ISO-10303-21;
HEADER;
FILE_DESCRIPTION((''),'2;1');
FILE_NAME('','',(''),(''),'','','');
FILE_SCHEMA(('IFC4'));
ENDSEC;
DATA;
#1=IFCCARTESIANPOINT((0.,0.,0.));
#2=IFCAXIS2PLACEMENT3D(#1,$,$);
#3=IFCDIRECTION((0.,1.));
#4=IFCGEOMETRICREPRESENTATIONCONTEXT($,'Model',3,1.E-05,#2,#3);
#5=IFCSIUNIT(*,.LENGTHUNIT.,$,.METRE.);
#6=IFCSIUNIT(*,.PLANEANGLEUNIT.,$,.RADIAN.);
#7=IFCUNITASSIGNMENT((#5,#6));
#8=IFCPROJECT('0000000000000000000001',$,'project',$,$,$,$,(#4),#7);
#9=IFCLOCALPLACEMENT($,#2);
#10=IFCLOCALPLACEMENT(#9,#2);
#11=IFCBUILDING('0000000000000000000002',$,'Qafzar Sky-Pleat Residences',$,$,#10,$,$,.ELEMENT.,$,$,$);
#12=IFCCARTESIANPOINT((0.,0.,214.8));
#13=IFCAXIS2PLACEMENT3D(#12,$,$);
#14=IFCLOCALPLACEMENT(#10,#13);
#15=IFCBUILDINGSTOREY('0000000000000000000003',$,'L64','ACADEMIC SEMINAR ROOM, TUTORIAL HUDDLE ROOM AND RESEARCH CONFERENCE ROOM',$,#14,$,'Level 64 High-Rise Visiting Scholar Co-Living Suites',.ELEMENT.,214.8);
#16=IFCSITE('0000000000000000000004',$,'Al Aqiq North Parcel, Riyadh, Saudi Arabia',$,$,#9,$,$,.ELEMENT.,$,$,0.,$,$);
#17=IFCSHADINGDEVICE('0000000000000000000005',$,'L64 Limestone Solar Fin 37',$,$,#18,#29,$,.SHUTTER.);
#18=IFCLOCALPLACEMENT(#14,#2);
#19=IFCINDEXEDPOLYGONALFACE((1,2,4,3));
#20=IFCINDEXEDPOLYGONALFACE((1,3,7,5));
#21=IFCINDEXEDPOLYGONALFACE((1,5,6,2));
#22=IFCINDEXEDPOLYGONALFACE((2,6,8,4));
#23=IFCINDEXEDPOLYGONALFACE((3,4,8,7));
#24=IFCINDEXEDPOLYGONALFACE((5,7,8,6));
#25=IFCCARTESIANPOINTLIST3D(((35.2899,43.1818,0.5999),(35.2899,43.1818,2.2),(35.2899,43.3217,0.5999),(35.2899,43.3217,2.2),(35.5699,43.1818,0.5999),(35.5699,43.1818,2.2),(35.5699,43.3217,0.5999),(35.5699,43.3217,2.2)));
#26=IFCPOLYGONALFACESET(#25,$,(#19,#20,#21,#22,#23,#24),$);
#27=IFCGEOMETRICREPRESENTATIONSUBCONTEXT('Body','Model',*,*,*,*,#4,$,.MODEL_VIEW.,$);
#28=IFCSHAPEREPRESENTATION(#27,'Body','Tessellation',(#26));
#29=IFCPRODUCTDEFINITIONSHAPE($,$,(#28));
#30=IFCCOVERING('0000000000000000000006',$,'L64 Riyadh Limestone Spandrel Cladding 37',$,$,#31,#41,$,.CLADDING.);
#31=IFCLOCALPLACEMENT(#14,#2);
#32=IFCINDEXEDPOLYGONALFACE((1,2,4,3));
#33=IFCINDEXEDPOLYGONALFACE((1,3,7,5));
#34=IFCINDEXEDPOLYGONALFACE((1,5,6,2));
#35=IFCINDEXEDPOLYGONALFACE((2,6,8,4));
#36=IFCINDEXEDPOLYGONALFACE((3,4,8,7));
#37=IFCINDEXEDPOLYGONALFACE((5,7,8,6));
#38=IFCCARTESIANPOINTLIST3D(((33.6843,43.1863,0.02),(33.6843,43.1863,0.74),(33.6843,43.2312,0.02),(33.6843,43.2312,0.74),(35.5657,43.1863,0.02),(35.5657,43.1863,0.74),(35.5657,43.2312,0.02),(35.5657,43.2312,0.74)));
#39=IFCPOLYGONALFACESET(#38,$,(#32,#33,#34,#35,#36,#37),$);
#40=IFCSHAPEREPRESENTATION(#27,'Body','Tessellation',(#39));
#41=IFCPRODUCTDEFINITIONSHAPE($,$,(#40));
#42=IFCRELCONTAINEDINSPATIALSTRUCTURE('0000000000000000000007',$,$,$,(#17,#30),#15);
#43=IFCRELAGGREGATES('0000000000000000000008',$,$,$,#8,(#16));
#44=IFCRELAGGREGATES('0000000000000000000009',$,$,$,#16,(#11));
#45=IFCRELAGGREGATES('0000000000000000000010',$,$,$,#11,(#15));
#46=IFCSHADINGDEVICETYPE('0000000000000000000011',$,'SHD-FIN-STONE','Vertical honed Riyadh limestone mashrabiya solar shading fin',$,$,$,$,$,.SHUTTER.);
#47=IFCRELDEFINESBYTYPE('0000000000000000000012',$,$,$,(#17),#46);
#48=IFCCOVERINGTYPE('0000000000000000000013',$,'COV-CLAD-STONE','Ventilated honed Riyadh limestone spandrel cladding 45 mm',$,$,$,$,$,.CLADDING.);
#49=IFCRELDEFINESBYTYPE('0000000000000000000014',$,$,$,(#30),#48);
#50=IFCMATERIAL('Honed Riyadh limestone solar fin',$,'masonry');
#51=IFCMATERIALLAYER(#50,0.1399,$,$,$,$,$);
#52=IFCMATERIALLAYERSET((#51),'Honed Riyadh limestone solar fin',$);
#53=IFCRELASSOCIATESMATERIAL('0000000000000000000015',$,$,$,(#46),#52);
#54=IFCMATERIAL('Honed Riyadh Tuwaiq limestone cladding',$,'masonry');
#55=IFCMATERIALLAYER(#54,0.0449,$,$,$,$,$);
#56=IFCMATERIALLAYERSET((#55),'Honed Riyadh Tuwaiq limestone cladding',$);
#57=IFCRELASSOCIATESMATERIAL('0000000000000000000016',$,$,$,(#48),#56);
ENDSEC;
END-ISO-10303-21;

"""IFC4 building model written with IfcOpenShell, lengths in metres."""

from ifc_helpers import new_model, si_unit, direction, frame, origin, origin_2d, place, context, subcontext, project, spatial, rectangle, extrude, source, transform, mapped, material, layer, layer_set, type_object, element, save


model = new_model("IFC4")

# Units and contexts
model_context = context("Model", 3, precision=1e-05, world=origin(), true_north=direction((0.0, 1.0)))
body_context = subcontext(model_context, "Body", "Model", "MODEL_VIEW")
ifc_project = project(units=[si_unit("LENGTHUNIT", "METRE"), si_unit("PLANEANGLEUNIT", "RADIAN")], contexts=[model_context])

# Site, building, storey
site_placement = place(None, origin())
site = spatial("IfcSite", under=ifc_project, at=site_placement, Name="Al Aqiq North Parcel, Riyadh, Saudi Arabia", CompositionType="ELEMENT", RefElevation=0.0)
building_placement = place(site_placement, origin())
building = spatial("IfcBuilding", under=site, at=building_placement, Name="Qafzar Sky-Pleat Residences", CompositionType="ELEMENT")
storey_placement = place(building_placement, frame((0.0, 0.0, 214.8)))
storey = spatial("IfcBuildingStorey", under=building, at=storey_placement, Name="L64", Description="ACADEMIC SEMINAR ROOM, TUTORIAL HUDDLE ROOM AND RESEARCH CONFERENCE ROOM", LongName="Level 64 High-Rise Visiting Scholar Co-Living Suites", CompositionType="ELEMENT", Elevation=214.8)

# Shading device
ifc_material_1 = material(Name="Honed Riyadh limestone solar fin", Category="masonry")
ifc_layer_1 = layer(ifc_material_1, 0.1399)
ifc_layer_set_1 = layer_set([ifc_layer_1], Name="Honed Riyadh limestone solar fin")
shading_device_type = type_object("IfcShadingDeviceType", Name="SHD-FIN-STONE", Description="Vertical honed Riyadh limestone mashrabiya solar shading fin", PredefinedType="SHUTTER", material=ifc_layer_set_1)
shared_shape_1 = source(origin(), body_context, "Body", "SweptSolid", [
    extrude(rectangle(XDim=0.1399, YDim=0.28, at=origin_2d()), origin(), (0.0, 0.0, 1.0), 1.6001),
])
shading_device_placement = place(storey_placement, frame((35.4299, 43.2517, 0.5999), z_axis=(0.0, 0.0, 1.0), x_axis=(0.0, 1.0, 0.0)))
element("IfcShadingDevice", 1, at=shading_device_placement, inside=storey, type_object=shading_device_type, Name="L64 Limestone Solar Fin 37", PredefinedType="SHUTTER", context=body_context, shape_type="MappedRepresentation", body=[
    mapped(shared_shape_1, transform((0.0, 0.0, 0.0), x_axis=(1.0, 0.0, 0.0), y_axis=(0.0, 1.0, 0.0), z_axis=(0.0, 0.0, 1.0), scale=1.0)),
])

# Covering
ifc_material_2 = material(Name="Honed Riyadh Tuwaiq limestone cladding", Category="masonry")
ifc_layer_2 = layer(ifc_material_2, 0.0449)
ifc_layer_set_2 = layer_set([ifc_layer_2], Name="Honed Riyadh Tuwaiq limestone cladding")
covering_type = type_object("IfcCoveringType", Name="COV-CLAD-STONE", Description="Ventilated honed Riyadh limestone spandrel cladding 45 mm", PredefinedType="CLADDING", material=ifc_layer_set_2)
shared_shape_2 = source(origin(), body_context, "Body", "SweptSolid", [
    extrude(rectangle(XDim=1.8813, YDim=0.0449, at=origin_2d()), origin(), (0.0, 0.0, 1.0), 0.72),
])
covering_placement = place(storey_placement, frame((34.625, 43.2087, 0.02), z_axis=(0.0, 0.0, 1.0), x_axis=(-1.0, 0.0, 0.0)))
element("IfcCovering", 2, at=covering_placement, inside=storey, type_object=covering_type, Name="L64 Riyadh Limestone Spandrel Cladding 37", PredefinedType="CLADDING", context=body_context, shape_type="MappedRepresentation", body=[
    mapped(shared_shape_2, transform((0.0, 0.0, 0.0), x_axis=(1.0, 0.0, 0.0), y_axis=(0.0, 1.0, 0.0), z_axis=(0.0, 0.0, 1.0), scale=1.0)),
])

save(model, "model.ifc")
